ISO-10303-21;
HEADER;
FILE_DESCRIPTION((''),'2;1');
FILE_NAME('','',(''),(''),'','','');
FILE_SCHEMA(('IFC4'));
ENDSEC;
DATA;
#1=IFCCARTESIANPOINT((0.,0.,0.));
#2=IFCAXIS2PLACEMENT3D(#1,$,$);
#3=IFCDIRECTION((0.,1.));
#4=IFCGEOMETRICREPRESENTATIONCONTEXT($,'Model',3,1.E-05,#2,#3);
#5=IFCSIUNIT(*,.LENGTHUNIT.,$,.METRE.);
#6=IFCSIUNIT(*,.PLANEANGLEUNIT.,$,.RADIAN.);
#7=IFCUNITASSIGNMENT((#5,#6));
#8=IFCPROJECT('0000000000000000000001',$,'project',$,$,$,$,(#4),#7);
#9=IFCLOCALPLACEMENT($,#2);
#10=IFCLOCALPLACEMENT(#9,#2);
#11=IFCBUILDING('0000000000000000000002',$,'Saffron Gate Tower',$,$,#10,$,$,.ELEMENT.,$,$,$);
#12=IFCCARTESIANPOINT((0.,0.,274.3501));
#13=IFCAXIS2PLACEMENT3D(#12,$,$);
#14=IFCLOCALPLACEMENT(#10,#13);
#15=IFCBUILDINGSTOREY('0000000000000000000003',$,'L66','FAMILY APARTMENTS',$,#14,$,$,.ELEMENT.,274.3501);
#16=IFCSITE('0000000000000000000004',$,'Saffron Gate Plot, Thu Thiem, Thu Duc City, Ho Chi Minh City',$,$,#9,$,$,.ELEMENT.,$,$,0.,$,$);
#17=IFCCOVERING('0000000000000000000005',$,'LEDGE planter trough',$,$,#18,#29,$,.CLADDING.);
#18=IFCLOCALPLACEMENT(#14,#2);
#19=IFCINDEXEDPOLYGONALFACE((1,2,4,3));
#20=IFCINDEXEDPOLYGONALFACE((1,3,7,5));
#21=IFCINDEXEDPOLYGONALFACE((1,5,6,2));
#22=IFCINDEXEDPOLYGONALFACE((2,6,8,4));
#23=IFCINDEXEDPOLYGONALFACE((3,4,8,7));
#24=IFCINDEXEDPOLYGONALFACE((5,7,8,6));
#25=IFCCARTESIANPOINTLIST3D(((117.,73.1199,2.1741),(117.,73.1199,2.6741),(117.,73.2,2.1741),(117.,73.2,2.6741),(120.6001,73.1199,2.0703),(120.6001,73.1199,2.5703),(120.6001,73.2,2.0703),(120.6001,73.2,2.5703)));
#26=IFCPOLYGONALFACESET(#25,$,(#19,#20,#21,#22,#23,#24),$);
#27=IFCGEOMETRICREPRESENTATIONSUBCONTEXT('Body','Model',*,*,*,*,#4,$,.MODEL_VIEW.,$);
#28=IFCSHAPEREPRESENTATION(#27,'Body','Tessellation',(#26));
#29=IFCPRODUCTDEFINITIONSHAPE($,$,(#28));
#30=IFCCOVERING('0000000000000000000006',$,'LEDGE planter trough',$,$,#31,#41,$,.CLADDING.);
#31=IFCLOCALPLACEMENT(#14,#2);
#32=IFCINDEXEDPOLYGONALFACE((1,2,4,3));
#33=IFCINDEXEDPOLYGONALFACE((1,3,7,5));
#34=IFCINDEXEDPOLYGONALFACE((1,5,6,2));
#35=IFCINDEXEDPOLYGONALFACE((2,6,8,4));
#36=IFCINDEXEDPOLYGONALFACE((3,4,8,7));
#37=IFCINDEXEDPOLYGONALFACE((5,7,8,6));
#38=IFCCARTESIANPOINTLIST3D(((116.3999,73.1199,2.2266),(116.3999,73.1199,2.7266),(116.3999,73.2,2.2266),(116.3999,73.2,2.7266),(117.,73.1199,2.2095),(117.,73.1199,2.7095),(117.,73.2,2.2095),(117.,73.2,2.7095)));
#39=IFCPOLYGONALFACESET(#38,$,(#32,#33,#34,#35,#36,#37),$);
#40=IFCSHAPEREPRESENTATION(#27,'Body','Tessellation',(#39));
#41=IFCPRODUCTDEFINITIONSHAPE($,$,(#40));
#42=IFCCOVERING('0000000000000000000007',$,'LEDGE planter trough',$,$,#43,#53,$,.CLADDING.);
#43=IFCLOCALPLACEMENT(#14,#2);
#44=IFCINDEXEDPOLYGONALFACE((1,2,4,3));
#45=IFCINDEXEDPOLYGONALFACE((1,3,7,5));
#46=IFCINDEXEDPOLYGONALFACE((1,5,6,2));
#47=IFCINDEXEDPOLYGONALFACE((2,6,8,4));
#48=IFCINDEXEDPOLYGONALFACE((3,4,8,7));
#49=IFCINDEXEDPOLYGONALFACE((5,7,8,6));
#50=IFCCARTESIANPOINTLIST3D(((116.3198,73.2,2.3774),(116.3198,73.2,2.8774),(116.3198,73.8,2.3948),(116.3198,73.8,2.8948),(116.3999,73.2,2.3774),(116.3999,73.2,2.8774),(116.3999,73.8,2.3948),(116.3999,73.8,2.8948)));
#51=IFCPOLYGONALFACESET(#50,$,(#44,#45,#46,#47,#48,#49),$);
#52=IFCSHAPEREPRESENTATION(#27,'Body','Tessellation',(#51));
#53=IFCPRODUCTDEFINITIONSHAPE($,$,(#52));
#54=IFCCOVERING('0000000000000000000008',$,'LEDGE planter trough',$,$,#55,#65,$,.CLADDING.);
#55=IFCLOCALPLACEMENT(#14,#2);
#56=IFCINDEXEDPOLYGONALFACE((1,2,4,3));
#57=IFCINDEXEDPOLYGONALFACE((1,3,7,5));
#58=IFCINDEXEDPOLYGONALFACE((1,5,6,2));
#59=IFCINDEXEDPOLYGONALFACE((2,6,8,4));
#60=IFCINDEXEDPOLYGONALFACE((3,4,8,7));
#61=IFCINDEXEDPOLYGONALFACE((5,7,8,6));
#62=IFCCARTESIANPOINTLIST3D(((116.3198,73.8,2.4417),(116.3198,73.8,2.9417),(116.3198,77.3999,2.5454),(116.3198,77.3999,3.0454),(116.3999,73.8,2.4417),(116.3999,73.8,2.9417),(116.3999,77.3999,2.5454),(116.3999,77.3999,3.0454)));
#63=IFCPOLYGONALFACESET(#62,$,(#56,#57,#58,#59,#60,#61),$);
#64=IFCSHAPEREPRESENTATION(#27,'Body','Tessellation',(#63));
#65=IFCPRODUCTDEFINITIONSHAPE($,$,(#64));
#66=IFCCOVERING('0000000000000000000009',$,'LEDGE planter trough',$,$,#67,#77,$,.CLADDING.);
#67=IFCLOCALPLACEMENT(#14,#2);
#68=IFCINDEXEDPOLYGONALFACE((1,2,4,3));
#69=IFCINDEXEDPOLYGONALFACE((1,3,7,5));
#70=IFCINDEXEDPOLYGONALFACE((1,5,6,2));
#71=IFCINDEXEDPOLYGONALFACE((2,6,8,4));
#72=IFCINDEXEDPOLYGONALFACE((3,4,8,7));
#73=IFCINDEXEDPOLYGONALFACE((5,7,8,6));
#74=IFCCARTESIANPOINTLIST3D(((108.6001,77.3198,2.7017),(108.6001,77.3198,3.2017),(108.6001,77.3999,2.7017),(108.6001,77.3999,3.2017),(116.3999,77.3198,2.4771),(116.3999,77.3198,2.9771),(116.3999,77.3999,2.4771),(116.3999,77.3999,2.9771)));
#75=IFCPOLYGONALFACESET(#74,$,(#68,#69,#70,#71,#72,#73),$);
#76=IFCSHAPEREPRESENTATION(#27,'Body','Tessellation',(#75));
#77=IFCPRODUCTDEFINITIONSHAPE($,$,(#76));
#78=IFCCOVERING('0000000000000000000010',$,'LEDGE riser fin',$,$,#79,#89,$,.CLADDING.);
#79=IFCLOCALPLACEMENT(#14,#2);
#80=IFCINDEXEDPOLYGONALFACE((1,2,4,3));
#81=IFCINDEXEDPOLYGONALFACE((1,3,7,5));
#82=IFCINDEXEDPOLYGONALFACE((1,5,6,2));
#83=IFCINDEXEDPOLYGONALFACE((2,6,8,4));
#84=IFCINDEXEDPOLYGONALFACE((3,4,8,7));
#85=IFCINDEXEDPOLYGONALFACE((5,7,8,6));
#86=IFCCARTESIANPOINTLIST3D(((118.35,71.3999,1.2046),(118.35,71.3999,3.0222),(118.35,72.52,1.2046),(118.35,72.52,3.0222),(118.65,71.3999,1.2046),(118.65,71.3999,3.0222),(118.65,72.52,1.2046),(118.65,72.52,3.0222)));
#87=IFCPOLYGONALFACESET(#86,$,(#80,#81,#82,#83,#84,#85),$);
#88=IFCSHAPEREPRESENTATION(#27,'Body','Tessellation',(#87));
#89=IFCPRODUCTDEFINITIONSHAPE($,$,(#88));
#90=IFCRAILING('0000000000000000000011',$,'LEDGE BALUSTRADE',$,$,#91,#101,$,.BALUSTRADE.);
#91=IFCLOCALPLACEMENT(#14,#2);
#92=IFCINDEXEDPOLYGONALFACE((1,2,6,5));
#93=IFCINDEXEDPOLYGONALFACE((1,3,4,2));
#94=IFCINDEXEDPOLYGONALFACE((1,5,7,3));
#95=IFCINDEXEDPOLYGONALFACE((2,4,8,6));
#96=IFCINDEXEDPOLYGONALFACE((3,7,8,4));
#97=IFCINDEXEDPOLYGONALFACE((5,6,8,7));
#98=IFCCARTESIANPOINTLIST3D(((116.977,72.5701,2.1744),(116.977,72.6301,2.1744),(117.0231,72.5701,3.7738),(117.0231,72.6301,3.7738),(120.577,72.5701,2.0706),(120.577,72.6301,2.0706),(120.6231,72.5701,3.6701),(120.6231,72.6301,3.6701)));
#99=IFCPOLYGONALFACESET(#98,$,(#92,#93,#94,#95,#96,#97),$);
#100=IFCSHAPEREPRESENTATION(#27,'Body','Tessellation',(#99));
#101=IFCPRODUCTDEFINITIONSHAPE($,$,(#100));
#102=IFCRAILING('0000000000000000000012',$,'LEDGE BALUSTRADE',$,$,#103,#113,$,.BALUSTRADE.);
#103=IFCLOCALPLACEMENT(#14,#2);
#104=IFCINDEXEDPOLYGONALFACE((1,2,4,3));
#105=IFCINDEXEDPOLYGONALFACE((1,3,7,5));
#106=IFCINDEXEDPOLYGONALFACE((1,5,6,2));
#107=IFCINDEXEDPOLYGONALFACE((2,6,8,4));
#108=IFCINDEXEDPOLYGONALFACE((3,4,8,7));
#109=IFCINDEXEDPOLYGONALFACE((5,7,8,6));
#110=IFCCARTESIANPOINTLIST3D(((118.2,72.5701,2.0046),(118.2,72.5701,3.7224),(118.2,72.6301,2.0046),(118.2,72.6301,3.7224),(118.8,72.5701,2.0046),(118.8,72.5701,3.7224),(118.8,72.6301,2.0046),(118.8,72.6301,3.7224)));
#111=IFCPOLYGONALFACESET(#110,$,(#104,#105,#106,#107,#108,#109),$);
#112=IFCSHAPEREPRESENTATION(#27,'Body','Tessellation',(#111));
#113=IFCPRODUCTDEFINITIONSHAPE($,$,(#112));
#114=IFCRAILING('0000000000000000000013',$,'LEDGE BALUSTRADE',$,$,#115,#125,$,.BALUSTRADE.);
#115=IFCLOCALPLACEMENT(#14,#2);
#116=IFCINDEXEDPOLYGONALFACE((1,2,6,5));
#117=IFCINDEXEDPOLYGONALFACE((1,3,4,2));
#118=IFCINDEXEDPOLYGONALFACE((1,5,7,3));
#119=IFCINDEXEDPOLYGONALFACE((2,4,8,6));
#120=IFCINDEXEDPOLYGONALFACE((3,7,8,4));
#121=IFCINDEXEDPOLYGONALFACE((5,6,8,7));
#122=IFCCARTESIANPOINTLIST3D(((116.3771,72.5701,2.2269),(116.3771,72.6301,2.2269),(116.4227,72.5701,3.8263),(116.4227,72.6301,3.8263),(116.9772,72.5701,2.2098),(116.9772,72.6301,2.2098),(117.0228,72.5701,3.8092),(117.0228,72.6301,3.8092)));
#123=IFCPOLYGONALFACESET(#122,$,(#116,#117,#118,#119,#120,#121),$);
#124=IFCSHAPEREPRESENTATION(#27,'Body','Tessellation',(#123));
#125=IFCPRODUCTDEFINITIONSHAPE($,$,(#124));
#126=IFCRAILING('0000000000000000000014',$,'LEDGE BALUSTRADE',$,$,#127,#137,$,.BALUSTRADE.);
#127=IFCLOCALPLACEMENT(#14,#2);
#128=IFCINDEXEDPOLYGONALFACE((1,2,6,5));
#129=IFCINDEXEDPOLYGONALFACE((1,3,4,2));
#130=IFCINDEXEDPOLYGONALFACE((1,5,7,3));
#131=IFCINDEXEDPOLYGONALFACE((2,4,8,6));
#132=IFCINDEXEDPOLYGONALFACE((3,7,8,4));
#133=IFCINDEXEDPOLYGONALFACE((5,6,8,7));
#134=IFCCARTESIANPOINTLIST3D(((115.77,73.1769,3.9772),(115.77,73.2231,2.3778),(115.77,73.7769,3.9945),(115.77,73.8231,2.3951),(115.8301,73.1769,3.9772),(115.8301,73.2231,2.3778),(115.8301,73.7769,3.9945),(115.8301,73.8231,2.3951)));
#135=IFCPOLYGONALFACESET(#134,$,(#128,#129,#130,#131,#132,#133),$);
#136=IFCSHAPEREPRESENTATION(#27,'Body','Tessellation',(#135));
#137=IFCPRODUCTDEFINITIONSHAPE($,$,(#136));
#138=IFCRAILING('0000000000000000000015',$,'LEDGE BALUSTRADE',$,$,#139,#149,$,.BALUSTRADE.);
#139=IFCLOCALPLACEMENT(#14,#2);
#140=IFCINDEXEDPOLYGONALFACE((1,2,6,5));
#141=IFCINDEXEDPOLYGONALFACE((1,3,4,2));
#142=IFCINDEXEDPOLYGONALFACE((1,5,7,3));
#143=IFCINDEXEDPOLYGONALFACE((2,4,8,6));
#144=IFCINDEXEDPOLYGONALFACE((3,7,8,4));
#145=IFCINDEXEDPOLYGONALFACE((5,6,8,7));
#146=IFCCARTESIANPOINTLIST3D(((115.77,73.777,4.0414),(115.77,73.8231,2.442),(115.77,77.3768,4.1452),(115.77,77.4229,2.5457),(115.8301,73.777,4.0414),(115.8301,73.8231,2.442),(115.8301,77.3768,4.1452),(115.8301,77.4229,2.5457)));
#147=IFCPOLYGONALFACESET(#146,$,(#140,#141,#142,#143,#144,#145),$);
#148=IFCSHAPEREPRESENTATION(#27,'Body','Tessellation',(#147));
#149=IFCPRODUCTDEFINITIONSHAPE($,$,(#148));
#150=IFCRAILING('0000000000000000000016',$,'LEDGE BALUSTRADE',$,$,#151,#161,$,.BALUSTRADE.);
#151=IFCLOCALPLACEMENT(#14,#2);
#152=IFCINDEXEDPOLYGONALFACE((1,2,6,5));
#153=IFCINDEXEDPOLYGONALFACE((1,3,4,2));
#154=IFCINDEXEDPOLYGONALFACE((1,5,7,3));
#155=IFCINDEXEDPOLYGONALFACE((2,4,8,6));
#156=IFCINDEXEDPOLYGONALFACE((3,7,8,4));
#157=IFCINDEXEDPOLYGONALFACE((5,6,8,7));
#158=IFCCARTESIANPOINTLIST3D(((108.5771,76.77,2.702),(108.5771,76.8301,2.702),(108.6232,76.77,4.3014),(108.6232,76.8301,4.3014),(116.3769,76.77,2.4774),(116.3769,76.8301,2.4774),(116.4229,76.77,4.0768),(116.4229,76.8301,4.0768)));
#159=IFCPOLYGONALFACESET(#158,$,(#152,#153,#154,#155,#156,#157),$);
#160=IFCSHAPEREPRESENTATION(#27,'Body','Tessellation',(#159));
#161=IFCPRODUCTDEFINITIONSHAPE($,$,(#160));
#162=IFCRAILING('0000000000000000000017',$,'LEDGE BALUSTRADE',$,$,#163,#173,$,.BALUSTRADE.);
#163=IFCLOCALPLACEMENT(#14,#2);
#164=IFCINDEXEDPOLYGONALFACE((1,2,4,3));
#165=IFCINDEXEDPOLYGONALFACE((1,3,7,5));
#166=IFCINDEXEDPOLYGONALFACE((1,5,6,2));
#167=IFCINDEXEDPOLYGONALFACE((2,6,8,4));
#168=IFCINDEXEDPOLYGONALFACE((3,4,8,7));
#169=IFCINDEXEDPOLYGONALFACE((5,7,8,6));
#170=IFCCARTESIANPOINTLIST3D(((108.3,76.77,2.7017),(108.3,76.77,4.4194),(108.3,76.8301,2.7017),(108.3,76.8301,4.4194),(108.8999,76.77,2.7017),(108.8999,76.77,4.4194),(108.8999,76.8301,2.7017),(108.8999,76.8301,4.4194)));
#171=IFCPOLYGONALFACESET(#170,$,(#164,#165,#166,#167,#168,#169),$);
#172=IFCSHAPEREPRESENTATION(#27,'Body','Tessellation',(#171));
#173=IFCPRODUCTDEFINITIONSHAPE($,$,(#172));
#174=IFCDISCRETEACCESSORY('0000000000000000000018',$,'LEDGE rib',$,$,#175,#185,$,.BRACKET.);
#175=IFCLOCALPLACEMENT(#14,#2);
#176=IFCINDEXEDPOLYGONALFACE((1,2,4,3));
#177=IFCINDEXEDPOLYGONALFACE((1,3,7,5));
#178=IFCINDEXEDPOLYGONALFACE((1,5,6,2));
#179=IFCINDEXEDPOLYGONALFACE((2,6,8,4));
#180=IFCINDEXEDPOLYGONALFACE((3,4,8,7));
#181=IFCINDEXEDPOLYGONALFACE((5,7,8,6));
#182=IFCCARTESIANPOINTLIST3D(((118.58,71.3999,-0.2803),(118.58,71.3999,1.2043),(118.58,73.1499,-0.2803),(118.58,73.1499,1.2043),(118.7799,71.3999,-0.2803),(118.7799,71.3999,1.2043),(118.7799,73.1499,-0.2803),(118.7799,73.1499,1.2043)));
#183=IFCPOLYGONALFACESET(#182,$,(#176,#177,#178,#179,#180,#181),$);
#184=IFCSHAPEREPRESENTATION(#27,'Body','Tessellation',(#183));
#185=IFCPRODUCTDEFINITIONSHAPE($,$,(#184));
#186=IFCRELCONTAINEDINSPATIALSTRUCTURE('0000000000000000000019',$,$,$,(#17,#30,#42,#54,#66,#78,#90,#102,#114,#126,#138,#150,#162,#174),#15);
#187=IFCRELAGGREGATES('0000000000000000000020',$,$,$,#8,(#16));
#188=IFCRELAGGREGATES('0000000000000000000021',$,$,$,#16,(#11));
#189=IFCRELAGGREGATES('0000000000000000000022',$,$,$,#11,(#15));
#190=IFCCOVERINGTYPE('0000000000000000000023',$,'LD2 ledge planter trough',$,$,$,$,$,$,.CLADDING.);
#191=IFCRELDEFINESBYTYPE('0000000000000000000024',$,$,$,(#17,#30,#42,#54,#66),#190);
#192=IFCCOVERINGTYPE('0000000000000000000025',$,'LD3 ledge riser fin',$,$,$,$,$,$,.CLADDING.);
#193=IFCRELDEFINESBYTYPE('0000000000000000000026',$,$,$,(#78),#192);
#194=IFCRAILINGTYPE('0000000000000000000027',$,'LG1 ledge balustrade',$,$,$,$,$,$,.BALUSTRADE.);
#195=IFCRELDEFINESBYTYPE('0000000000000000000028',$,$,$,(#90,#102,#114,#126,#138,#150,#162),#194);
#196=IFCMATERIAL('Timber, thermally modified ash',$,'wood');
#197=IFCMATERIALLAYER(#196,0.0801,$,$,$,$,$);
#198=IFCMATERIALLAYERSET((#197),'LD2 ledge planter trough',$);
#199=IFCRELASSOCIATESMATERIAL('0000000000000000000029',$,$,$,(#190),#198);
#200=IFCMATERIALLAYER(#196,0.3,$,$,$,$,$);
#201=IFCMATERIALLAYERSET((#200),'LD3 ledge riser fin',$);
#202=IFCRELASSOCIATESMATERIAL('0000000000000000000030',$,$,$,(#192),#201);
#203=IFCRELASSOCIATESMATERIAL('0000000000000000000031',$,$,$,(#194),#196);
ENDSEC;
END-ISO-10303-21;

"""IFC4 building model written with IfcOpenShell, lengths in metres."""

from ifc_helpers import new_model, si_unit, direction, frame, origin, origin_2d, place, context, subcontext, project, spatial, polyline, rectangle, outline, extrude, material, layer, layer_set, type_object, element, save


model = new_model("IFC4")

# Units and contexts
model_context = context("Model", 3, precision=1e-05, world=origin(), true_north=direction((0.0, 1.0)))
body_context = subcontext(model_context, "Body", "Model", "MODEL_VIEW")
ifc_project = project(units=[si_unit("LENGTHUNIT", "METRE"), si_unit("PLANEANGLEUNIT", "RADIAN")], contexts=[model_context])

# Site, building, storey
site_placement = place(None, origin())
site = spatial("IfcSite", under=ifc_project, at=site_placement, Name="Saffron Gate Plot, Thu Thiem, Thu Duc City, Ho Chi Minh City", CompositionType="ELEMENT", RefElevation=0.0)
building_placement = place(site_placement, origin())
building = spatial("IfcBuilding", under=site, at=building_placement, Name="Saffron Gate Tower", CompositionType="ELEMENT")
storey_placement = place(building_placement, frame((0.0, 0.0, 274.3501)))
storey = spatial("IfcBuildingStorey", under=building, at=storey_placement, Name="L66", Description="FAMILY APARTMENTS", CompositionType="ELEMENT", Elevation=274.3501)

# Coverings
ifc_material_1 = material(Name="Timber, thermally modified ash", Category="wood")
ifc_layer_1 = layer(ifc_material_1, 0.0801)
ifc_layer_set_1 = layer_set([ifc_layer_1], Name="LD2 ledge planter trough")
covering_type_1 = type_object("IfcCoveringType", Name="LD2 ledge planter trough", PredefinedType="CLADDING", material=ifc_layer_set_1)
covering_1_placement = place(storey_placement, frame((120.6001, 73.2, 2.0703), z_axis=(0.0, 1.0, 0.0), x_axis=(-0.999585, 0.0, 0.028809)))
element("IfcCovering", 1, at=covering_1_placement, inside=storey, type_object=covering_type_1, Name="LEDGE planter trough", PredefinedType="CLADDING", context=body_context, shape_type="SweptSolid", body=[
    extrude(outline(polyline([(0.0, 0.0), (3.6016, 0.0), (3.616, 0.4998), (0.0144, 0.4998), (0.0, 0.0)])), origin(), (0.0, 0.0, -1.0), 0.0801),
])
covering_2_placement = place(storey_placement, frame((117.0, 73.2, 2.2095), z_axis=(0.0, 1.0, 0.0), x_axis=(-0.999595, 0.0, 0.028467)))
element("IfcCovering", 2, at=covering_2_placement, inside=storey, type_object=covering_type_1, Name="LEDGE planter trough", PredefinedType="CLADDING", context=body_context, shape_type="SweptSolid", body=[
    extrude(outline(polyline([(0.0, 0.0), (0.6003, 0.0), (0.6146, 0.4998), (0.0142, 0.4998), (0.0, 0.0)])), origin(), (0.0, 0.0, -1.0), 0.0801),
])
covering_3_placement = place(storey_placement, frame((116.3999, 73.2, 2.3774), z_axis=(1.0, 0.0, 0.0), x_axis=(0.0, 0.999583, 0.028873)))
element("IfcCovering", 3, at=covering_3_placement, inside=storey, type_object=covering_type_1, Name="LEDGE planter trough", PredefinedType="CLADDING", context=body_context, shape_type="SweptSolid", body=[
    extrude(outline(polyline([(0.0, 0.0), (0.6003, 0.0), (0.6148, 0.4998), (0.0144, 0.4998), (0.0, 0.0)])), origin(), (0.0, 0.0, -1.0), 0.0801),
])
covering_4_placement = place(storey_placement, frame((116.3999, 73.8, 2.4417), z_axis=(1.0, 0.0, 0.0), x_axis=(0.0, 0.999585, 0.028811)))
element("IfcCovering", 4, at=covering_4_placement, inside=storey, type_object=covering_type_1, Name="LEDGE planter trough", PredefinedType="CLADDING", context=body_context, shape_type="SweptSolid", body=[
    extrude(outline(polyline([(0.0, 0.0), (3.6013, 0.0), (3.6158, 0.4998), (0.0144, 0.4998), (0.0, 0.0)])), origin(), (0.0, 0.0, -1.0), 0.0801),
])
covering_5_placement = place(storey_placement, frame((116.3999, 77.3999, 2.4771), z_axis=(0.0, 1.0, 0.0), x_axis=(-0.999586, 0.0, 0.028785)))
element("IfcCovering", 5, at=covering_5_placement, inside=storey, type_object=covering_type_1, Name="LEDGE planter trough", PredefinedType="CLADDING", context=body_context, shape_type="SweptSolid", body=[
    extrude(outline(polyline([(0.0, 0.0), (7.803, 0.0), (7.8174, 0.4998), (0.0144, 0.4998), (0.0, 0.0)])), origin(), (0.0, 0.0, -1.0), 0.0801),
])
ifc_layer_2 = layer(ifc_material_1, 0.3)
ifc_layer_set_2 = layer_set([ifc_layer_2], Name="LD3 ledge riser fin")
covering_type_2 = type_object("IfcCoveringType", Name="LD3 ledge riser fin", PredefinedType="CLADDING", material=ifc_layer_set_2)
covering_6_placement = place(storey_placement, frame((118.5, 71.96, 1.2046), z_axis=(0.0, 0.0, 1.0), x_axis=(-1.0, 0.0, 0.0)))
element("IfcCovering", 6, at=covering_6_placement, inside=storey, type_object=covering_type_2, Name="LEDGE riser fin", PredefinedType="CLADDING", context=body_context, shape_type="SweptSolid", body=[
    extrude(rectangle(XDim=0.3, YDim=1.1201, at=origin_2d()), origin(), (0.0, 0.0, 1.0), 1.8176),
])

# Railings
railing_type = type_object("IfcRailingType", Name="LG1 ledge balustrade", PredefinedType="BALUSTRADE", material=ifc_material_1)
railing_1_placement = place(storey_placement, frame((120.6001, 72.6001, 2.0703)))
element("IfcRailing", 7, at=railing_1_placement, inside=storey, type_object=railing_type, Name="LEDGE BALUSTRADE", PredefinedType="BALUSTRADE", context=body_context, shape_type="SweptSolid", body=[
    extrude(rectangle(XDim=0.0601, YDim=1.6001, at=origin_2d()), frame((0.0, 0.0, 0.8), z_axis=(-0.999585, 0.0, 0.028809), x_axis=(0.0, -1.0, 0.0)), (0.0, 0.0, 1.0), 3.6016),
])
railing_2_placement = place(storey_placement, frame((118.8, 72.6001, 2.0046)))
element("IfcRailing", 8, at=railing_2_placement, inside=storey, type_object=railing_type, Name="LEDGE BALUSTRADE", PredefinedType="BALUSTRADE", context=body_context, shape_type="SweptSolid", body=[
    extrude(rectangle(XDim=0.0601, YDim=1.7178, at=origin_2d()), frame((0.0, 0.0, 0.8589), z_axis=(-1.0, 0.0, 0.0), x_axis=(0.0, -1.0, 0.0)), (0.0, 0.0, 1.0), 0.6001),
])
railing_3_placement = place(storey_placement, frame((117.0, 72.6001, 2.2095)))
element("IfcRailing", 9, at=railing_3_placement, inside=storey, type_object=railing_type, Name="LEDGE BALUSTRADE", PredefinedType="BALUSTRADE", context=body_context, shape_type="SweptSolid", body=[
    extrude(rectangle(XDim=0.0601, YDim=1.6001, at=origin_2d()), frame((0.0, 0.0, 0.8), z_axis=(-0.999595, 0.0, 0.028467), x_axis=(0.0, -1.0, 0.0)), (0.0, 0.0, 1.0), 0.6003),
])
railing_4_placement = place(storey_placement, frame((115.8, 73.2, 2.3774)))
element("IfcRailing", 10, at=railing_4_placement, inside=storey, type_object=railing_type, Name="LEDGE BALUSTRADE", PredefinedType="BALUSTRADE", context=body_context, shape_type="SweptSolid", body=[
    extrude(rectangle(XDim=0.0601, YDim=1.6001, at=origin_2d()), frame((0.0, 0.0, 0.8), z_axis=(0.0, 0.999583, 0.028873), x_axis=(-1.0, 0.0, 0.0)), (0.0, 0.0, 1.0), 0.6003),
])
railing_5_placement = place(storey_placement, frame((115.8, 73.8, 2.4417)))
element("IfcRailing", 11, at=railing_5_placement, inside=storey, type_object=railing_type, Name="LEDGE BALUSTRADE", PredefinedType="BALUSTRADE", context=body_context, shape_type="SweptSolid", body=[
    extrude(rectangle(XDim=0.0601, YDim=1.6001, at=origin_2d()), frame((0.0, 0.0, 0.8), z_axis=(0.0, 0.999585, 0.028811), x_axis=(-1.0, 0.0, 0.0)), (0.0, 0.0, 1.0), 3.6013),
])
railing_6_placement = place(storey_placement, frame((116.3999, 76.8, 2.4771)))
element("IfcRailing", 12, at=railing_6_placement, inside=storey, type_object=railing_type, Name="LEDGE BALUSTRADE", PredefinedType="BALUSTRADE", context=body_context, shape_type="SweptSolid", body=[
    extrude(rectangle(XDim=0.0601, YDim=1.6001, at=origin_2d()), frame((0.0, 0.0, 0.8), z_axis=(-0.999586, 0.0, 0.028785), x_axis=(0.0, -1.0, 0.0)), (0.0, 0.0, 1.0), 7.803),
])
railing_7_placement = place(storey_placement, frame((108.8999, 76.8, 2.7017)))
element("IfcRailing", 13, at=railing_7_placement, inside=storey, type_object=railing_type, Name="LEDGE BALUSTRADE", PredefinedType="BALUSTRADE", context=body_context, shape_type="SweptSolid", body=[
    extrude(rectangle(XDim=0.0601, YDim=1.7178, at=origin_2d()), frame((0.0, 0.0, 0.8589), z_axis=(-1.0, 0.0, 0.0), x_axis=(0.0, -1.0, 0.0)), (0.0, 0.0, 1.0), 0.5999),
])

# Discrete accessory
discrete_accessory_1_placement = place(storey_placement, frame((118.6799, 72.2749, -0.2803), z_axis=(0.0, 0.0, 1.0), x_axis=(-1.0, 0.0, 0.0)))
element("IfcDiscreteAccessory", 14, at=discrete_accessory_1_placement, inside=storey, Name="LEDGE rib", PredefinedType="BRACKET", context=body_context, shape_type="SweptSolid", body=[
    extrude(rectangle(XDim=0.2, YDim=1.75, at=origin_2d()), origin(), (0.0, 0.0, 1.0), 1.4846),
])

save(model, "model.ifc")
